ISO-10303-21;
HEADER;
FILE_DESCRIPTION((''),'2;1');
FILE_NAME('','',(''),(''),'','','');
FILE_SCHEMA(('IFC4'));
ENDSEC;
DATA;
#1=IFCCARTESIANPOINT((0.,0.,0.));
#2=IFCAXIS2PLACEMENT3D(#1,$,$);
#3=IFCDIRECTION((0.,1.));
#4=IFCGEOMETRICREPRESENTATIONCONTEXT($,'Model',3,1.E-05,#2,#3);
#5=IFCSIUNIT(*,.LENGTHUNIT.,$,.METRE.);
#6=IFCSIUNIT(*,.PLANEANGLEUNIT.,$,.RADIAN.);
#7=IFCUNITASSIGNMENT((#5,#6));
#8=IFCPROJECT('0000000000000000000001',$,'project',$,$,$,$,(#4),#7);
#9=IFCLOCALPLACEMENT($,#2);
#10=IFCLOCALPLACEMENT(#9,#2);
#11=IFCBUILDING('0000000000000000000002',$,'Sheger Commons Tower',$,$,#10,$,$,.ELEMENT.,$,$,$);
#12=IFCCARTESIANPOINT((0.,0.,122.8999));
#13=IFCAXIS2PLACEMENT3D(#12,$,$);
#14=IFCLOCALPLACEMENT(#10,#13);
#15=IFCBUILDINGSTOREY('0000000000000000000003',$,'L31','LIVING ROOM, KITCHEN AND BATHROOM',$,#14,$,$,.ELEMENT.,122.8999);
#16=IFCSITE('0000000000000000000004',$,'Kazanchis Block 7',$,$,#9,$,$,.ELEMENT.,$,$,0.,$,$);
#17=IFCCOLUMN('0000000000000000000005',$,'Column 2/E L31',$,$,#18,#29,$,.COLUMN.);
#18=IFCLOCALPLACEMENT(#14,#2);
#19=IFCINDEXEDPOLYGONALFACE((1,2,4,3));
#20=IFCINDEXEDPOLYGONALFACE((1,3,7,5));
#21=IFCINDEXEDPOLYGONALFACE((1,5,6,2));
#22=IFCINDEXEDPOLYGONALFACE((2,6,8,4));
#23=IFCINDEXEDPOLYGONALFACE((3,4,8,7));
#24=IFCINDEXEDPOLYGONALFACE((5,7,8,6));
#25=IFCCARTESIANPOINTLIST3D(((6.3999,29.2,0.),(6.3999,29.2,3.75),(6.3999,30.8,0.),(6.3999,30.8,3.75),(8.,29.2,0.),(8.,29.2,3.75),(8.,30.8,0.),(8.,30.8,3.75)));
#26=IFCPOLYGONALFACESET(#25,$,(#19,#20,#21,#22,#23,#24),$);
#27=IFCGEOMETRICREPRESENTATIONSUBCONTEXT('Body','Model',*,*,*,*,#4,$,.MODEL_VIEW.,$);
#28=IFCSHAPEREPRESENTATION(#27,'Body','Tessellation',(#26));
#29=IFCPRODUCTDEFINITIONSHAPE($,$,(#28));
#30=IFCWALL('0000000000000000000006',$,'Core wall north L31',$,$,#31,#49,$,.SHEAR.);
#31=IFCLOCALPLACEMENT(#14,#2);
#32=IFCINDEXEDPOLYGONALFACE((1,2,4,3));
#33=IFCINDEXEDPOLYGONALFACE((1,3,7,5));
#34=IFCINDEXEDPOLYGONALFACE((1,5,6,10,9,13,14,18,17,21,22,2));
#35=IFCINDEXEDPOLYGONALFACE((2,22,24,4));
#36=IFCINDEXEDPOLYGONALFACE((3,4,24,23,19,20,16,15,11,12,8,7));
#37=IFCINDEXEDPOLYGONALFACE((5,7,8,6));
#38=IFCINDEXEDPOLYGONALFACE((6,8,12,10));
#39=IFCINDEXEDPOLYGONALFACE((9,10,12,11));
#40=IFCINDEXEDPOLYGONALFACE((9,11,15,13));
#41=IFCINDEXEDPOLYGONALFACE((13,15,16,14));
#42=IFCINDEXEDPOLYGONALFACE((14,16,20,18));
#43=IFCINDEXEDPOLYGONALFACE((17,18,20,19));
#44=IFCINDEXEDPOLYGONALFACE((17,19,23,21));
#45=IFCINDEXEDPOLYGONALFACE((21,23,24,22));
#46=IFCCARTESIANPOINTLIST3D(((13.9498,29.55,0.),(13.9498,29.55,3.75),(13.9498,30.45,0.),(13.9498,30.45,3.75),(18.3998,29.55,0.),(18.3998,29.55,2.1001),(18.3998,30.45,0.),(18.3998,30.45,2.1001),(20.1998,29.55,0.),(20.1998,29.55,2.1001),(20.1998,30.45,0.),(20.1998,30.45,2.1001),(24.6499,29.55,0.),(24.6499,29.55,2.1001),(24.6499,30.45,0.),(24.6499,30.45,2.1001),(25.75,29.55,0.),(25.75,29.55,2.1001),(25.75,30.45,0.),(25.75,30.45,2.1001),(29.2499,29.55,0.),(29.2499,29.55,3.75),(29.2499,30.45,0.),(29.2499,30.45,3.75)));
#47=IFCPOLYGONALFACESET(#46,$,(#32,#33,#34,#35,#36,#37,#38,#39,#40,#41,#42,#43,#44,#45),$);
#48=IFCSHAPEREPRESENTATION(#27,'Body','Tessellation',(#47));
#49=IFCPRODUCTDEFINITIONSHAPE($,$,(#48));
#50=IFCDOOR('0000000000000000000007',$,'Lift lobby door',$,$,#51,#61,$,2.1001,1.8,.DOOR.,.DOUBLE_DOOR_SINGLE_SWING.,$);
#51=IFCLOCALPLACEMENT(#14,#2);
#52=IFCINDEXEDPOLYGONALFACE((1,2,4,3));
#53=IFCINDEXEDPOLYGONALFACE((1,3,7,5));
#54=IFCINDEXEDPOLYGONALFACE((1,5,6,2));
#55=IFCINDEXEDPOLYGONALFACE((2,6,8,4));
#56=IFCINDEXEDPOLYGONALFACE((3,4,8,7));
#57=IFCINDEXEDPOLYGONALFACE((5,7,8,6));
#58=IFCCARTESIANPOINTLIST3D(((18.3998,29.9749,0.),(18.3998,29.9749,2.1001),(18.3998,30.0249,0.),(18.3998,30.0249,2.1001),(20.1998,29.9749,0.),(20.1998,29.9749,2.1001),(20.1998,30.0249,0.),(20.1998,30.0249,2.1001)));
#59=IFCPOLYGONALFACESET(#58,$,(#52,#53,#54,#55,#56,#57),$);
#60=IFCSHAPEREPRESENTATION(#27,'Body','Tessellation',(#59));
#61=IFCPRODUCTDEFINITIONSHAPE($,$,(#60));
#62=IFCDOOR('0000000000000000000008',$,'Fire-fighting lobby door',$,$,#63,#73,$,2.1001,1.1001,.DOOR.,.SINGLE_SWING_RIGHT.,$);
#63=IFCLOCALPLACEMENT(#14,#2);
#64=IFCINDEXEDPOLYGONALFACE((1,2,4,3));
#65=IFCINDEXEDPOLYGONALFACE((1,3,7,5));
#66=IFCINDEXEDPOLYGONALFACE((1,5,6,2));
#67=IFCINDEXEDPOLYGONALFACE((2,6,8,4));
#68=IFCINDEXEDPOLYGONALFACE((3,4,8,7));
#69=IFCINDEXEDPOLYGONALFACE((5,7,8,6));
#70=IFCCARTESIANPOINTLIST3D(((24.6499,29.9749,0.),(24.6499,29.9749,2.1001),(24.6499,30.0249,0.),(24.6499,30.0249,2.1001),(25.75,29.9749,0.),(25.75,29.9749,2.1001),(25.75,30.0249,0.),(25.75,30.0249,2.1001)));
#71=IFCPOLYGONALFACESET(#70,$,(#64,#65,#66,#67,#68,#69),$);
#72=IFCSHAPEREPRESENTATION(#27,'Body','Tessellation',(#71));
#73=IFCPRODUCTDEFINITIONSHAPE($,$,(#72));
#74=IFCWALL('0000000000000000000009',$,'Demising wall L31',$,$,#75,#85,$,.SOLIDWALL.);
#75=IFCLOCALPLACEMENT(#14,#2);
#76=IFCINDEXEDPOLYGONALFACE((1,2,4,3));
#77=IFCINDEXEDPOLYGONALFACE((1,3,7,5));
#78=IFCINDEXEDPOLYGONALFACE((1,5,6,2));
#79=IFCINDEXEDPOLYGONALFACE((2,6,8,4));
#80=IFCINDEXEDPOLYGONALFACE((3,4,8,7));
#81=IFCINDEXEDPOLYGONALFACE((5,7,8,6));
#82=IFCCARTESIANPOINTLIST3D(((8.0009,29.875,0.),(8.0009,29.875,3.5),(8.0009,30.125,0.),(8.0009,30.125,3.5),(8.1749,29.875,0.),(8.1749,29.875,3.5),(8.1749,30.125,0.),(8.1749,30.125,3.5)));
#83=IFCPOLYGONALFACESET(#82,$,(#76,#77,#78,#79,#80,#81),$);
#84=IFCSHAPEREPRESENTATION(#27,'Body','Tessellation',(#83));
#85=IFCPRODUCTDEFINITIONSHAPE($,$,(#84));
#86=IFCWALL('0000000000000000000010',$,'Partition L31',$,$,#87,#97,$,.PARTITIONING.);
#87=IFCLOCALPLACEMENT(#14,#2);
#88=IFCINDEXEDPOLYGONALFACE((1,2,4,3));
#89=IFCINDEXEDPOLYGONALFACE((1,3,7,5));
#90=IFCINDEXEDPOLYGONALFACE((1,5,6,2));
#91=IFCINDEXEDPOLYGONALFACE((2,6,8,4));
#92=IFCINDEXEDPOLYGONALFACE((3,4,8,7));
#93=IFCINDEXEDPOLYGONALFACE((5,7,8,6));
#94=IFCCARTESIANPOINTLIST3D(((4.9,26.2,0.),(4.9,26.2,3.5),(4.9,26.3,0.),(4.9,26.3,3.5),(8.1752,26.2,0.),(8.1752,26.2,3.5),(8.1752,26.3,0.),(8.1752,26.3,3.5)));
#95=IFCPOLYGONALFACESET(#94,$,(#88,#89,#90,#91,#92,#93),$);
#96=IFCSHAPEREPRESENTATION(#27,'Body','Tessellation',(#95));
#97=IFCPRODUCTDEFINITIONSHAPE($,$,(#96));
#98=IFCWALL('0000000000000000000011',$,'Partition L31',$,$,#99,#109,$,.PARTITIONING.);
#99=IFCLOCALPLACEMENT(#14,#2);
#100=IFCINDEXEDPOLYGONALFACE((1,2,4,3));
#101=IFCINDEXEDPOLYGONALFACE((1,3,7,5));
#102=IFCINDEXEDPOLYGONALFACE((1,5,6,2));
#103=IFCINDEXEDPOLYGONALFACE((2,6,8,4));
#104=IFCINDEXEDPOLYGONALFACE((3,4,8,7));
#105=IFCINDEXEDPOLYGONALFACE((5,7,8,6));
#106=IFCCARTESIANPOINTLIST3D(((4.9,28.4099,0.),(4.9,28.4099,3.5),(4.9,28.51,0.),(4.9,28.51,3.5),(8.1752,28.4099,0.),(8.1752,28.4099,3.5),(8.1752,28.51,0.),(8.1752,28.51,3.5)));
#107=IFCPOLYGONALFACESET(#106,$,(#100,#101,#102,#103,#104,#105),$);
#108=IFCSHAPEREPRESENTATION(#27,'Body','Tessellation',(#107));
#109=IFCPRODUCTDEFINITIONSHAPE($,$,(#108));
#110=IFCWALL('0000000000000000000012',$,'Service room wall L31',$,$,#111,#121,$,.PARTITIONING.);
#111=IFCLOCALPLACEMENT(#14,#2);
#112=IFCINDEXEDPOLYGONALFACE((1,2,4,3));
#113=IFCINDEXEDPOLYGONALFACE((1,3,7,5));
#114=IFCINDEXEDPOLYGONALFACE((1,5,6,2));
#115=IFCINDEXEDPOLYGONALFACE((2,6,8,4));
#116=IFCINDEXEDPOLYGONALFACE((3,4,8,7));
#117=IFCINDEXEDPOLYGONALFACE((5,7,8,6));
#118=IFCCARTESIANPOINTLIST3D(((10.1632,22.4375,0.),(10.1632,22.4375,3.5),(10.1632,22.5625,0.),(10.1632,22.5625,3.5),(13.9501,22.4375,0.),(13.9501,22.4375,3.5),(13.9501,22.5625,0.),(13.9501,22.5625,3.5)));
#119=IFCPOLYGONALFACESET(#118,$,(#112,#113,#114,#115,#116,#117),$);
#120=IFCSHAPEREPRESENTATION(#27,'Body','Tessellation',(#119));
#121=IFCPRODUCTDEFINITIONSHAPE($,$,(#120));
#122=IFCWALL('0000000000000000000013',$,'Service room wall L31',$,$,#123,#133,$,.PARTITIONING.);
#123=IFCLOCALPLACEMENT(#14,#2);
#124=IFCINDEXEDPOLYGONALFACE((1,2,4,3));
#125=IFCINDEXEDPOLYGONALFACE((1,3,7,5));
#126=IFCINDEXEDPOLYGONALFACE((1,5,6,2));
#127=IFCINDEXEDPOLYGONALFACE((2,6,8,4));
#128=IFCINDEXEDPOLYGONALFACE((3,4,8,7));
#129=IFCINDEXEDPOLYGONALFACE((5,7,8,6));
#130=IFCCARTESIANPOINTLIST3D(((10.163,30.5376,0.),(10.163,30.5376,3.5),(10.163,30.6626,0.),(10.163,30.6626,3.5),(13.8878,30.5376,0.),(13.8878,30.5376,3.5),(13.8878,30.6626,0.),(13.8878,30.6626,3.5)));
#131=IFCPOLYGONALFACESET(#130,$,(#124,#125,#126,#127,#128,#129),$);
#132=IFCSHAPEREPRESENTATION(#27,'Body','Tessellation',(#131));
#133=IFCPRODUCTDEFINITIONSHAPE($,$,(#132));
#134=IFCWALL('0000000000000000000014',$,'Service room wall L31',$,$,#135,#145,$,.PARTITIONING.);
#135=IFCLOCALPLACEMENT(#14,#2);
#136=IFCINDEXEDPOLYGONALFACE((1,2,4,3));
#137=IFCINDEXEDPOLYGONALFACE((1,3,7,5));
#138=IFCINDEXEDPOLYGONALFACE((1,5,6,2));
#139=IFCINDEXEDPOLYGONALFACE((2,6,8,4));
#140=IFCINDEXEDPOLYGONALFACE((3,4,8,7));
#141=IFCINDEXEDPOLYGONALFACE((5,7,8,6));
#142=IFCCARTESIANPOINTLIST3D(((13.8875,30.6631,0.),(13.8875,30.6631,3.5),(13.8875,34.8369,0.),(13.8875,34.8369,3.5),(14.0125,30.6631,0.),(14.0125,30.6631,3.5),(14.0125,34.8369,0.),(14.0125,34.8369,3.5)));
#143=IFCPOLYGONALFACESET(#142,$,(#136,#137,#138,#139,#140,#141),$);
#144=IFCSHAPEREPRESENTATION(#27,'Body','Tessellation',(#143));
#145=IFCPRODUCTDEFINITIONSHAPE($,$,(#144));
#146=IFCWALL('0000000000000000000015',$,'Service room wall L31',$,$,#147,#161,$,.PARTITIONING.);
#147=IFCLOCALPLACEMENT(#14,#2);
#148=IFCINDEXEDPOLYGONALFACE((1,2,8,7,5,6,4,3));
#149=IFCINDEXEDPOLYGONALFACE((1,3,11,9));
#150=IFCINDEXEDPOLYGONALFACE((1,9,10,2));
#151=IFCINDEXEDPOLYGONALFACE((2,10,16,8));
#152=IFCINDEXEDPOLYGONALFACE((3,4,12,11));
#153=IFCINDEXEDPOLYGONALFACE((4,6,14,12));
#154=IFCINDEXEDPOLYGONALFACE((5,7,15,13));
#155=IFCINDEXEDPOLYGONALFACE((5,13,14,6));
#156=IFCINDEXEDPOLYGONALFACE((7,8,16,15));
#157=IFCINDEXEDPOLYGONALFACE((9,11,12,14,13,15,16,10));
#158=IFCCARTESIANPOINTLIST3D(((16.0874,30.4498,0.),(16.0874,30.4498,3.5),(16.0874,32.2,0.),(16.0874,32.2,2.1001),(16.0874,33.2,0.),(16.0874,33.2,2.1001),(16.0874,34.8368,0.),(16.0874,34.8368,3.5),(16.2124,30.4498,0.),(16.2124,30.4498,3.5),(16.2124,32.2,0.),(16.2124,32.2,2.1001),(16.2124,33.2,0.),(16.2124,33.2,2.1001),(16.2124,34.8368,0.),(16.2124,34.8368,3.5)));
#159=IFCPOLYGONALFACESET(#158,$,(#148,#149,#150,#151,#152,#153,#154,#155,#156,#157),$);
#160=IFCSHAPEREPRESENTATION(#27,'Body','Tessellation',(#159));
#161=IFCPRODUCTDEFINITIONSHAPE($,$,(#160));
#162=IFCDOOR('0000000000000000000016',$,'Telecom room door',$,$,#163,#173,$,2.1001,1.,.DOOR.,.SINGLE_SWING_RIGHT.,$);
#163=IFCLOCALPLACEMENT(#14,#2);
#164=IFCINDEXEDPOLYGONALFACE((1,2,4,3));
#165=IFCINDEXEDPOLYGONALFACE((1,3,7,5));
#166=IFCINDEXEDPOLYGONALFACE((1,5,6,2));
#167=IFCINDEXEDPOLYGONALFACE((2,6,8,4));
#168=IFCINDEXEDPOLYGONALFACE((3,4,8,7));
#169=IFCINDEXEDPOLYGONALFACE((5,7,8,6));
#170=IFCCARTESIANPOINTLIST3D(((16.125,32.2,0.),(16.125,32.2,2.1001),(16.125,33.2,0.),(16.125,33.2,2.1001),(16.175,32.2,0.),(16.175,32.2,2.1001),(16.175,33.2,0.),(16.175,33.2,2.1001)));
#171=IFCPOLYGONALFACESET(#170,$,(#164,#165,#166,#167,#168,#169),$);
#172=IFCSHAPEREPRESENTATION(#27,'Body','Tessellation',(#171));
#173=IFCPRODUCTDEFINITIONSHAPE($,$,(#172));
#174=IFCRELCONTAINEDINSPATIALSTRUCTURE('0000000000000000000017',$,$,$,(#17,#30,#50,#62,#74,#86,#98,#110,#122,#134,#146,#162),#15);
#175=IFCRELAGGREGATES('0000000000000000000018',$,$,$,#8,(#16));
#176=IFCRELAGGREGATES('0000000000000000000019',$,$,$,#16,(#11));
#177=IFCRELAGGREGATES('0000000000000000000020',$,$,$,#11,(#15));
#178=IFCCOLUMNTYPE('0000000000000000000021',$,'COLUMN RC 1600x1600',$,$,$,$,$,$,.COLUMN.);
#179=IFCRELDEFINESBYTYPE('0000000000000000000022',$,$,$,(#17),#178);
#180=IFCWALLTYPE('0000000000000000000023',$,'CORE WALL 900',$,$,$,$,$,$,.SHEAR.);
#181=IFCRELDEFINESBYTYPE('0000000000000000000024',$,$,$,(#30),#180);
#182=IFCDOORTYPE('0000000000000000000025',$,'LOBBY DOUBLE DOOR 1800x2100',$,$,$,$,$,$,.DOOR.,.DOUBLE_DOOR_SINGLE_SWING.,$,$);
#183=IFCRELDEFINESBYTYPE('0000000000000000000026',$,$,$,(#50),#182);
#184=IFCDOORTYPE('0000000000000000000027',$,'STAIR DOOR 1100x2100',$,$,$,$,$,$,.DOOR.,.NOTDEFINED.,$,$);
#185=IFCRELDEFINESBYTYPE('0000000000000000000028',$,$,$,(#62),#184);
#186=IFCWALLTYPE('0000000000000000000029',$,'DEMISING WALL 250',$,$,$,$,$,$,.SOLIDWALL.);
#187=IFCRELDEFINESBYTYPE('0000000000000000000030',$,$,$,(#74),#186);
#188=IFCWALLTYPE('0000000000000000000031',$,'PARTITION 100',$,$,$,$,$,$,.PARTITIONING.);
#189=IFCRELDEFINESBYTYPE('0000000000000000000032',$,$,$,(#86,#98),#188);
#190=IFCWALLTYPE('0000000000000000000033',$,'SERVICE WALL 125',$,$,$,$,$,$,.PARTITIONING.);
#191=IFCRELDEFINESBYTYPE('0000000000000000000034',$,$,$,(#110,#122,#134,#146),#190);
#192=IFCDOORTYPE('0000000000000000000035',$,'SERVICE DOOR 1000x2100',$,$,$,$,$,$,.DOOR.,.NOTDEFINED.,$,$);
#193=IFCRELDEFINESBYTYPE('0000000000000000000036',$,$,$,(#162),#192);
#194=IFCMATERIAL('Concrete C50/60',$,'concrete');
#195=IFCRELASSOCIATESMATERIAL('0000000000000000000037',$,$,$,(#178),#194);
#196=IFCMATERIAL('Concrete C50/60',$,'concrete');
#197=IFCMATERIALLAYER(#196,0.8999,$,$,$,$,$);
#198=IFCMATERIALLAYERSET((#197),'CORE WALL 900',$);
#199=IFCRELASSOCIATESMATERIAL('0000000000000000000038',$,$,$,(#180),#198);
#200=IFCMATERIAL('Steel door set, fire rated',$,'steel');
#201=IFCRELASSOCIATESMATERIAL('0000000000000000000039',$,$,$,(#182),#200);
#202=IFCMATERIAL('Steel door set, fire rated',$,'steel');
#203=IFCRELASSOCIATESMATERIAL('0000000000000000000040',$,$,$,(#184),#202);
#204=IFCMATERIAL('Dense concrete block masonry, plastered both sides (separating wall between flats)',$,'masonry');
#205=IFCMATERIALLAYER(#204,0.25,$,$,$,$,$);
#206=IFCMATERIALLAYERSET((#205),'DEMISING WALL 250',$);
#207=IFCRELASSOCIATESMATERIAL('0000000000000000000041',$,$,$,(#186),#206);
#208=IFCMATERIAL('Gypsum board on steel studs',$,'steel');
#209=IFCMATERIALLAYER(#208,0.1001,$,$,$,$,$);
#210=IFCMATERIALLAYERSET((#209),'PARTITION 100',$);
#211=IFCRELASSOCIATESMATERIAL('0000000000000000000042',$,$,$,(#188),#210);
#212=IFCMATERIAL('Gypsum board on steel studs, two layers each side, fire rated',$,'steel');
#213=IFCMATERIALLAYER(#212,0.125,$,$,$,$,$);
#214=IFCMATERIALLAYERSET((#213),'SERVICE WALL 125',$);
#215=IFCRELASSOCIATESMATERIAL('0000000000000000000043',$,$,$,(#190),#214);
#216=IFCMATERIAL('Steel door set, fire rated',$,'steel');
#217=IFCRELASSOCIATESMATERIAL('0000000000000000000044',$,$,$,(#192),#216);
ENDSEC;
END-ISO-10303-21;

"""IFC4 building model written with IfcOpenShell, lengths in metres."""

from ifc_helpers import new_model, si_unit, direction, frame, frame_2d, origin, origin_2d, place, context, subcontext, project, spatial, rectangle, extrude, material, layer, layer_set, material_profile, profile_set, type_object, element, fill, save


model = new_model("IFC4")

# Units and contexts
model_context = context("Model", 3, precision=1e-05, world=origin(), true_north=direction((0.0, 1.0)))
body_context = subcontext(model_context, "Body", "Model", "MODEL_VIEW")
ifc_project = project(units=[si_unit("LENGTHUNIT", "METRE"), si_unit("PLANEANGLEUNIT", "RADIAN")], contexts=[model_context])

# Site, building, storey
site_placement = place(None, origin())
site = spatial("IfcSite", under=ifc_project, at=site_placement, Name="Kazanchis Block 7", CompositionType="ELEMENT", RefElevation=0.0)
building_placement = place(site_placement, origin())
building = spatial("IfcBuilding", under=site, at=building_placement, Name="Sheger Commons Tower", CompositionType="ELEMENT")
storey_placement = place(building_placement, frame((0.0, 0.0, 122.8999)))
storey = spatial("IfcBuildingStorey", under=building, at=storey_placement, Name="L31", Description="LIVING ROOM, KITCHEN AND BATHROOM", CompositionType="ELEMENT", Elevation=122.8999)

# Column
ifc_material_1 = material(Name="Concrete C50/60", Category="concrete")
ifc_material_profile = material_profile(ifc_material_1, rectangle(XDim=1.6001, YDim=1.6001, at=origin_2d()), Name="RC 1600x1600")
ifc_profile_set = profile_set([ifc_material_profile], Name="Concrete C50/60")
column_type = type_object("IfcColumnType", Name="COLUMN RC 1600x1600", PredefinedType="COLUMN", material=ifc_profile_set)
column_placement = place(storey_placement, frame((7.2, 30.0, 0.0), z_axis=(0.0, 0.0, 1.0), x_axis=(1.0, 0.0, 0.0)))
element("IfcColumn", 1, at=column_placement, inside=storey, type_object=column_type, Name="Column 2/E L31", PredefinedType="COLUMN", context=body_context, shape_type="SweptSolid", body=[
    extrude(rectangle(XDim=1.6001, YDim=1.6001, at=origin_2d()), origin(), (0.0, 0.0, 1.0), 3.75),
])

# Wall, openings, doors
ifc_material_2 = material(Name="Concrete C50/60", Category="concrete")
ifc_layer_1 = layer(ifc_material_2, 0.8999)
ifc_layer_set_1 = layer_set([ifc_layer_1], Name="CORE WALL 900")
wall_type_1 = type_object("IfcWallType", Name="CORE WALL 900", PredefinedType="SHEAR", material=ifc_layer_set_1)
wall_1_placement = place(storey_placement, frame((13.95, 30.0, 0.0), z_axis=(0.0, 0.0, 1.0), x_axis=(1.0, 0.0, 0.0)))
wall_1 = element("IfcWall", 2, at=wall_1_placement, inside=storey, type_object=wall_type_1, Name="Core wall north L31", PredefinedType="SHEAR", context=body_context, shape_type="SweptSolid", body=[
    extrude(rectangle(XDim=15.3, YDim=0.8999, at=frame_2d((7.6499, 0.0))), origin(), (0.0, 0.0, 1.0), 3.75),
])
opening_1_placement = place(wall_1_placement, frame((4.45, 0.0, 0.0)))
opening_1 = element("IfcOpeningElement", 3, at=opening_1_placement, cuts=wall_1, PredefinedType="OPENING", context=body_context, shape_type="SweptSolid", body=[
    extrude(rectangle(XDim=1.8, YDim=2.1001, at=frame_2d((0.8999, 1.05))), frame((0.0, 0.46, 0.0), z_axis=(0.0, -1.0, 0.0), x_axis=(1.0, 0.0, 0.0)), (0.0, 0.0, 1.0), 0.9199),
])
opening_2_placement = place(wall_1_placement, frame((10.7, 0.0, 0.0)))
opening_2 = element("IfcOpeningElement", 4, at=opening_2_placement, cuts=wall_1, PredefinedType="OPENING", context=body_context, shape_type="SweptSolid", body=[
    extrude(rectangle(XDim=1.1001, YDim=2.1001, at=frame_2d((0.55, 1.05))), frame((0.0, 0.46, 0.0), z_axis=(0.0, -1.0, 0.0), x_axis=(1.0, 0.0, 0.0)), (0.0, 0.0, 1.0), 0.9199),
])
ifc_material_3 = material(Name="Steel door set, fire rated", Category="steel")
door_type_1 = type_object("IfcDoorType", Name="LOBBY DOUBLE DOOR 1800x2100", OperationType="DOUBLE_DOOR_SINGLE_SWING", PredefinedType="DOOR", material=ifc_material_3)
door_1_placement = place(opening_1_placement, origin())
door_1 = element("IfcDoor", 5, at=door_1_placement, inside=storey, type_object=door_type_1, Name="Lift lobby door", OperationType="DOUBLE_DOOR_SINGLE_SWING", OverallHeight=2.1001, OverallWidth=1.8, PredefinedType="DOOR", context=body_context, shape_type="SweptSolid", body=[
    extrude(rectangle(XDim=1.8, YDim=2.1001, at=frame_2d((0.8999, 1.05))), frame((0.0, 0.0249, 0.0), z_axis=(0.0, -1.0, 0.0), x_axis=(1.0, 0.0, 0.0)), (0.0, 0.0, 1.0), 0.05),
])
fill(opening_1, door_1)
ifc_material_4 = material(Name="Steel door set, fire rated", Category="steel")
door_type_2 = type_object("IfcDoorType", Name="STAIR DOOR 1100x2100", OperationType="NOTDEFINED", PredefinedType="DOOR", material=ifc_material_4)
door_2_placement = place(opening_2_placement, origin())
door_2 = element("IfcDoor", 6, at=door_2_placement, inside=storey, type_object=door_type_2, Name="Fire-fighting lobby door", OperationType="SINGLE_SWING_RIGHT", OverallHeight=2.1001, OverallWidth=1.1001, PredefinedType="DOOR", context=body_context, shape_type="SweptSolid", body=[
    extrude(rectangle(XDim=1.1001, YDim=2.1001, at=frame_2d((0.55, 1.05))), frame((0.0, 0.0249, 0.0), z_axis=(0.0, -1.0, 0.0), x_axis=(1.0, 0.0, 0.0)), (0.0, 0.0, 1.0), 0.05),
])
fill(opening_2, door_2)

# Walls
ifc_material_5 = material(Name="Dense concrete block masonry, plastered both sides (separating wall between flats)", Category="masonry")
ifc_layer_2 = layer(ifc_material_5, 0.25)
ifc_layer_set_2 = layer_set([ifc_layer_2], Name="DEMISING WALL 250")
wall_type_2 = type_object("IfcWallType", Name="DEMISING WALL 250", PredefinedType="SOLIDWALL", material=ifc_layer_set_2)
wall_2_placement = place(storey_placement, frame((8.001, 30.0, 0.0), z_axis=(0.0, 0.0, 1.0), x_axis=(1.0, 0.0, 0.0)))
element("IfcWall", 7, at=wall_2_placement, inside=storey, type_object=wall_type_2, Name="Demising wall L31", PredefinedType="SOLIDWALL", context=body_context, shape_type="SweptSolid", body=[
    extrude(rectangle(XDim=0.1741, YDim=0.25, at=frame_2d((0.0869, 0.0))), origin(), (0.0, 0.0, 1.0), 3.5),
])
ifc_material_6 = material(Name="Gypsum board on steel studs", Category="steel")
ifc_layer_3 = layer(ifc_material_6, 0.1001)
ifc_layer_set_3 = layer_set([ifc_layer_3], Name="PARTITION 100")
wall_type_3 = type_object("IfcWallType", Name="PARTITION 100", PredefinedType="PARTITIONING", material=ifc_layer_set_3)
for number, where, z_axis, x_axis, name in (
    (8, (4.8999, 26.25, 0.0), (0.0, 0.0, 1.0), (1.0, 0.0, 0.0), "Partition L31"),
    (9, (4.8999, 28.46, 0.0), (0.0, 0.0, 1.0), (1.0, 0.0, 0.0), "Partition L31"),
):
    element("IfcWall", number, at=place(storey_placement, frame(where, z_axis=z_axis, x_axis=x_axis)), inside=storey, type_object=wall_type_3, Name=name, PredefinedType="PARTITIONING", context=body_context, shape_type="SweptSolid", body=[
        extrude(rectangle(XDim=3.2751, YDim=0.1001, at=frame_2d((1.6377, 0.0))), origin(), (0.0, 0.0, 1.0), 3.5),
    ])
ifc_material_7 = material(Name="Gypsum board on steel studs, two layers each side, fire rated", Category="steel")
ifc_layer_4 = layer(ifc_material_7, 0.125)
ifc_layer_set_4 = layer_set([ifc_layer_4], Name="SERVICE WALL 125")
wall_type_4 = type_object("IfcWallType", Name="SERVICE WALL 125", PredefinedType="PARTITIONING", material=ifc_layer_set_4)
wall_3_placement = place(storey_placement, frame((10.1631, 22.5, 0.0), z_axis=(0.0, 0.0, 1.0), x_axis=(1.0, 0.0, 0.0)))
element("IfcWall", 10, at=wall_3_placement, inside=storey, type_object=wall_type_4, Name="Service room wall L31", PredefinedType="PARTITIONING", context=body_context, shape_type="SweptSolid", body=[
    extrude(rectangle(XDim=3.7869, YDim=0.125, at=frame_2d((1.8936, 0.0))), origin(), (0.0, 0.0, 1.0), 3.5),
])
wall_4_placement = place(storey_placement, frame((10.1631, 30.6001, 0.0), z_axis=(0.0, 0.0, 1.0), x_axis=(1.0, 0.0, 0.0)))
element("IfcWall", 11, at=wall_4_placement, inside=storey, type_object=wall_type_4, Name="Service room wall L31", PredefinedType="PARTITIONING", context=body_context, shape_type="SweptSolid", body=[
    extrude(rectangle(XDim=3.7249, YDim=0.125, at=frame_2d((1.8623, 0.0))), origin(), (0.0, 0.0, 1.0), 3.5),
])
wall_5_placement = place(storey_placement, frame((13.95, 30.6631, 0.0), z_axis=(0.0, 0.0, 1.0), x_axis=(0.0, 1.0, 0.0)))
element("IfcWall", 12, at=wall_5_placement, inside=storey, type_object=wall_type_4, Name="Service room wall L31", PredefinedType="PARTITIONING", context=body_context, shape_type="SweptSolid", body=[
    extrude(rectangle(XDim=4.1738, YDim=0.125, at=frame_2d((2.0869, 0.0))), origin(), (0.0, 0.0, 1.0), 3.5),
])

# Wall, opening, door
wall_6_placement = place(storey_placement, frame((16.1499, 30.45, 0.0), z_axis=(0.0, 0.0, 1.0), x_axis=(0.0, 1.0, 0.0)))
wall_6 = element("IfcWall", 13, at=wall_6_placement, inside=storey, type_object=wall_type_4, Name="Service room wall L31", PredefinedType="PARTITIONING", context=body_context, shape_type="SweptSolid", body=[
    extrude(rectangle(XDim=4.387, YDim=0.125, at=frame_2d((2.1934, 0.0))), origin(), (0.0, 0.0, 1.0), 3.5),
])
opening_3_placement = place(wall_6_placement, frame((1.75, 0.0, 0.0)))
opening_3 = element("IfcOpeningElement", 14, at=opening_3_placement, cuts=wall_6, PredefinedType="OPENING", context=body_context, shape_type="SweptSolid", body=[
    extrude(rectangle(XDim=1.0, YDim=2.1001, at=frame_2d((0.5, 1.05))), frame((0.0, 0.0725, 0.0), z_axis=(0.0, -1.0, 0.0), x_axis=(1.0, 0.0, 0.0)), (0.0, 0.0, 1.0), 0.145),
])
ifc_material_8 = material(Name="Steel door set, fire rated", Category="steel")
door_type_3 = type_object("IfcDoorType", Name="SERVICE DOOR 1000x2100", OperationType="NOTDEFINED", PredefinedType="DOOR", material=ifc_material_8)
door_3_placement = place(opening_3_placement, origin())
door_3 = element("IfcDoor", 15, at=door_3_placement, inside=storey, type_object=door_type_3, Name="Telecom room door", OperationType="SINGLE_SWING_RIGHT", OverallHeight=2.1001, OverallWidth=1.0, PredefinedType="DOOR", context=body_context, shape_type="SweptSolid", body=[
    extrude(rectangle(XDim=1.0, YDim=2.1001, at=frame_2d((0.5, 1.05))), frame((0.0, 0.0249, 0.0), z_axis=(0.0, -1.0, 0.0), x_axis=(1.0, 0.0, 0.0)), (0.0, 0.0, 1.0), 0.05),
])
fill(opening_3, door_3)

save(model, "model.ifc")
